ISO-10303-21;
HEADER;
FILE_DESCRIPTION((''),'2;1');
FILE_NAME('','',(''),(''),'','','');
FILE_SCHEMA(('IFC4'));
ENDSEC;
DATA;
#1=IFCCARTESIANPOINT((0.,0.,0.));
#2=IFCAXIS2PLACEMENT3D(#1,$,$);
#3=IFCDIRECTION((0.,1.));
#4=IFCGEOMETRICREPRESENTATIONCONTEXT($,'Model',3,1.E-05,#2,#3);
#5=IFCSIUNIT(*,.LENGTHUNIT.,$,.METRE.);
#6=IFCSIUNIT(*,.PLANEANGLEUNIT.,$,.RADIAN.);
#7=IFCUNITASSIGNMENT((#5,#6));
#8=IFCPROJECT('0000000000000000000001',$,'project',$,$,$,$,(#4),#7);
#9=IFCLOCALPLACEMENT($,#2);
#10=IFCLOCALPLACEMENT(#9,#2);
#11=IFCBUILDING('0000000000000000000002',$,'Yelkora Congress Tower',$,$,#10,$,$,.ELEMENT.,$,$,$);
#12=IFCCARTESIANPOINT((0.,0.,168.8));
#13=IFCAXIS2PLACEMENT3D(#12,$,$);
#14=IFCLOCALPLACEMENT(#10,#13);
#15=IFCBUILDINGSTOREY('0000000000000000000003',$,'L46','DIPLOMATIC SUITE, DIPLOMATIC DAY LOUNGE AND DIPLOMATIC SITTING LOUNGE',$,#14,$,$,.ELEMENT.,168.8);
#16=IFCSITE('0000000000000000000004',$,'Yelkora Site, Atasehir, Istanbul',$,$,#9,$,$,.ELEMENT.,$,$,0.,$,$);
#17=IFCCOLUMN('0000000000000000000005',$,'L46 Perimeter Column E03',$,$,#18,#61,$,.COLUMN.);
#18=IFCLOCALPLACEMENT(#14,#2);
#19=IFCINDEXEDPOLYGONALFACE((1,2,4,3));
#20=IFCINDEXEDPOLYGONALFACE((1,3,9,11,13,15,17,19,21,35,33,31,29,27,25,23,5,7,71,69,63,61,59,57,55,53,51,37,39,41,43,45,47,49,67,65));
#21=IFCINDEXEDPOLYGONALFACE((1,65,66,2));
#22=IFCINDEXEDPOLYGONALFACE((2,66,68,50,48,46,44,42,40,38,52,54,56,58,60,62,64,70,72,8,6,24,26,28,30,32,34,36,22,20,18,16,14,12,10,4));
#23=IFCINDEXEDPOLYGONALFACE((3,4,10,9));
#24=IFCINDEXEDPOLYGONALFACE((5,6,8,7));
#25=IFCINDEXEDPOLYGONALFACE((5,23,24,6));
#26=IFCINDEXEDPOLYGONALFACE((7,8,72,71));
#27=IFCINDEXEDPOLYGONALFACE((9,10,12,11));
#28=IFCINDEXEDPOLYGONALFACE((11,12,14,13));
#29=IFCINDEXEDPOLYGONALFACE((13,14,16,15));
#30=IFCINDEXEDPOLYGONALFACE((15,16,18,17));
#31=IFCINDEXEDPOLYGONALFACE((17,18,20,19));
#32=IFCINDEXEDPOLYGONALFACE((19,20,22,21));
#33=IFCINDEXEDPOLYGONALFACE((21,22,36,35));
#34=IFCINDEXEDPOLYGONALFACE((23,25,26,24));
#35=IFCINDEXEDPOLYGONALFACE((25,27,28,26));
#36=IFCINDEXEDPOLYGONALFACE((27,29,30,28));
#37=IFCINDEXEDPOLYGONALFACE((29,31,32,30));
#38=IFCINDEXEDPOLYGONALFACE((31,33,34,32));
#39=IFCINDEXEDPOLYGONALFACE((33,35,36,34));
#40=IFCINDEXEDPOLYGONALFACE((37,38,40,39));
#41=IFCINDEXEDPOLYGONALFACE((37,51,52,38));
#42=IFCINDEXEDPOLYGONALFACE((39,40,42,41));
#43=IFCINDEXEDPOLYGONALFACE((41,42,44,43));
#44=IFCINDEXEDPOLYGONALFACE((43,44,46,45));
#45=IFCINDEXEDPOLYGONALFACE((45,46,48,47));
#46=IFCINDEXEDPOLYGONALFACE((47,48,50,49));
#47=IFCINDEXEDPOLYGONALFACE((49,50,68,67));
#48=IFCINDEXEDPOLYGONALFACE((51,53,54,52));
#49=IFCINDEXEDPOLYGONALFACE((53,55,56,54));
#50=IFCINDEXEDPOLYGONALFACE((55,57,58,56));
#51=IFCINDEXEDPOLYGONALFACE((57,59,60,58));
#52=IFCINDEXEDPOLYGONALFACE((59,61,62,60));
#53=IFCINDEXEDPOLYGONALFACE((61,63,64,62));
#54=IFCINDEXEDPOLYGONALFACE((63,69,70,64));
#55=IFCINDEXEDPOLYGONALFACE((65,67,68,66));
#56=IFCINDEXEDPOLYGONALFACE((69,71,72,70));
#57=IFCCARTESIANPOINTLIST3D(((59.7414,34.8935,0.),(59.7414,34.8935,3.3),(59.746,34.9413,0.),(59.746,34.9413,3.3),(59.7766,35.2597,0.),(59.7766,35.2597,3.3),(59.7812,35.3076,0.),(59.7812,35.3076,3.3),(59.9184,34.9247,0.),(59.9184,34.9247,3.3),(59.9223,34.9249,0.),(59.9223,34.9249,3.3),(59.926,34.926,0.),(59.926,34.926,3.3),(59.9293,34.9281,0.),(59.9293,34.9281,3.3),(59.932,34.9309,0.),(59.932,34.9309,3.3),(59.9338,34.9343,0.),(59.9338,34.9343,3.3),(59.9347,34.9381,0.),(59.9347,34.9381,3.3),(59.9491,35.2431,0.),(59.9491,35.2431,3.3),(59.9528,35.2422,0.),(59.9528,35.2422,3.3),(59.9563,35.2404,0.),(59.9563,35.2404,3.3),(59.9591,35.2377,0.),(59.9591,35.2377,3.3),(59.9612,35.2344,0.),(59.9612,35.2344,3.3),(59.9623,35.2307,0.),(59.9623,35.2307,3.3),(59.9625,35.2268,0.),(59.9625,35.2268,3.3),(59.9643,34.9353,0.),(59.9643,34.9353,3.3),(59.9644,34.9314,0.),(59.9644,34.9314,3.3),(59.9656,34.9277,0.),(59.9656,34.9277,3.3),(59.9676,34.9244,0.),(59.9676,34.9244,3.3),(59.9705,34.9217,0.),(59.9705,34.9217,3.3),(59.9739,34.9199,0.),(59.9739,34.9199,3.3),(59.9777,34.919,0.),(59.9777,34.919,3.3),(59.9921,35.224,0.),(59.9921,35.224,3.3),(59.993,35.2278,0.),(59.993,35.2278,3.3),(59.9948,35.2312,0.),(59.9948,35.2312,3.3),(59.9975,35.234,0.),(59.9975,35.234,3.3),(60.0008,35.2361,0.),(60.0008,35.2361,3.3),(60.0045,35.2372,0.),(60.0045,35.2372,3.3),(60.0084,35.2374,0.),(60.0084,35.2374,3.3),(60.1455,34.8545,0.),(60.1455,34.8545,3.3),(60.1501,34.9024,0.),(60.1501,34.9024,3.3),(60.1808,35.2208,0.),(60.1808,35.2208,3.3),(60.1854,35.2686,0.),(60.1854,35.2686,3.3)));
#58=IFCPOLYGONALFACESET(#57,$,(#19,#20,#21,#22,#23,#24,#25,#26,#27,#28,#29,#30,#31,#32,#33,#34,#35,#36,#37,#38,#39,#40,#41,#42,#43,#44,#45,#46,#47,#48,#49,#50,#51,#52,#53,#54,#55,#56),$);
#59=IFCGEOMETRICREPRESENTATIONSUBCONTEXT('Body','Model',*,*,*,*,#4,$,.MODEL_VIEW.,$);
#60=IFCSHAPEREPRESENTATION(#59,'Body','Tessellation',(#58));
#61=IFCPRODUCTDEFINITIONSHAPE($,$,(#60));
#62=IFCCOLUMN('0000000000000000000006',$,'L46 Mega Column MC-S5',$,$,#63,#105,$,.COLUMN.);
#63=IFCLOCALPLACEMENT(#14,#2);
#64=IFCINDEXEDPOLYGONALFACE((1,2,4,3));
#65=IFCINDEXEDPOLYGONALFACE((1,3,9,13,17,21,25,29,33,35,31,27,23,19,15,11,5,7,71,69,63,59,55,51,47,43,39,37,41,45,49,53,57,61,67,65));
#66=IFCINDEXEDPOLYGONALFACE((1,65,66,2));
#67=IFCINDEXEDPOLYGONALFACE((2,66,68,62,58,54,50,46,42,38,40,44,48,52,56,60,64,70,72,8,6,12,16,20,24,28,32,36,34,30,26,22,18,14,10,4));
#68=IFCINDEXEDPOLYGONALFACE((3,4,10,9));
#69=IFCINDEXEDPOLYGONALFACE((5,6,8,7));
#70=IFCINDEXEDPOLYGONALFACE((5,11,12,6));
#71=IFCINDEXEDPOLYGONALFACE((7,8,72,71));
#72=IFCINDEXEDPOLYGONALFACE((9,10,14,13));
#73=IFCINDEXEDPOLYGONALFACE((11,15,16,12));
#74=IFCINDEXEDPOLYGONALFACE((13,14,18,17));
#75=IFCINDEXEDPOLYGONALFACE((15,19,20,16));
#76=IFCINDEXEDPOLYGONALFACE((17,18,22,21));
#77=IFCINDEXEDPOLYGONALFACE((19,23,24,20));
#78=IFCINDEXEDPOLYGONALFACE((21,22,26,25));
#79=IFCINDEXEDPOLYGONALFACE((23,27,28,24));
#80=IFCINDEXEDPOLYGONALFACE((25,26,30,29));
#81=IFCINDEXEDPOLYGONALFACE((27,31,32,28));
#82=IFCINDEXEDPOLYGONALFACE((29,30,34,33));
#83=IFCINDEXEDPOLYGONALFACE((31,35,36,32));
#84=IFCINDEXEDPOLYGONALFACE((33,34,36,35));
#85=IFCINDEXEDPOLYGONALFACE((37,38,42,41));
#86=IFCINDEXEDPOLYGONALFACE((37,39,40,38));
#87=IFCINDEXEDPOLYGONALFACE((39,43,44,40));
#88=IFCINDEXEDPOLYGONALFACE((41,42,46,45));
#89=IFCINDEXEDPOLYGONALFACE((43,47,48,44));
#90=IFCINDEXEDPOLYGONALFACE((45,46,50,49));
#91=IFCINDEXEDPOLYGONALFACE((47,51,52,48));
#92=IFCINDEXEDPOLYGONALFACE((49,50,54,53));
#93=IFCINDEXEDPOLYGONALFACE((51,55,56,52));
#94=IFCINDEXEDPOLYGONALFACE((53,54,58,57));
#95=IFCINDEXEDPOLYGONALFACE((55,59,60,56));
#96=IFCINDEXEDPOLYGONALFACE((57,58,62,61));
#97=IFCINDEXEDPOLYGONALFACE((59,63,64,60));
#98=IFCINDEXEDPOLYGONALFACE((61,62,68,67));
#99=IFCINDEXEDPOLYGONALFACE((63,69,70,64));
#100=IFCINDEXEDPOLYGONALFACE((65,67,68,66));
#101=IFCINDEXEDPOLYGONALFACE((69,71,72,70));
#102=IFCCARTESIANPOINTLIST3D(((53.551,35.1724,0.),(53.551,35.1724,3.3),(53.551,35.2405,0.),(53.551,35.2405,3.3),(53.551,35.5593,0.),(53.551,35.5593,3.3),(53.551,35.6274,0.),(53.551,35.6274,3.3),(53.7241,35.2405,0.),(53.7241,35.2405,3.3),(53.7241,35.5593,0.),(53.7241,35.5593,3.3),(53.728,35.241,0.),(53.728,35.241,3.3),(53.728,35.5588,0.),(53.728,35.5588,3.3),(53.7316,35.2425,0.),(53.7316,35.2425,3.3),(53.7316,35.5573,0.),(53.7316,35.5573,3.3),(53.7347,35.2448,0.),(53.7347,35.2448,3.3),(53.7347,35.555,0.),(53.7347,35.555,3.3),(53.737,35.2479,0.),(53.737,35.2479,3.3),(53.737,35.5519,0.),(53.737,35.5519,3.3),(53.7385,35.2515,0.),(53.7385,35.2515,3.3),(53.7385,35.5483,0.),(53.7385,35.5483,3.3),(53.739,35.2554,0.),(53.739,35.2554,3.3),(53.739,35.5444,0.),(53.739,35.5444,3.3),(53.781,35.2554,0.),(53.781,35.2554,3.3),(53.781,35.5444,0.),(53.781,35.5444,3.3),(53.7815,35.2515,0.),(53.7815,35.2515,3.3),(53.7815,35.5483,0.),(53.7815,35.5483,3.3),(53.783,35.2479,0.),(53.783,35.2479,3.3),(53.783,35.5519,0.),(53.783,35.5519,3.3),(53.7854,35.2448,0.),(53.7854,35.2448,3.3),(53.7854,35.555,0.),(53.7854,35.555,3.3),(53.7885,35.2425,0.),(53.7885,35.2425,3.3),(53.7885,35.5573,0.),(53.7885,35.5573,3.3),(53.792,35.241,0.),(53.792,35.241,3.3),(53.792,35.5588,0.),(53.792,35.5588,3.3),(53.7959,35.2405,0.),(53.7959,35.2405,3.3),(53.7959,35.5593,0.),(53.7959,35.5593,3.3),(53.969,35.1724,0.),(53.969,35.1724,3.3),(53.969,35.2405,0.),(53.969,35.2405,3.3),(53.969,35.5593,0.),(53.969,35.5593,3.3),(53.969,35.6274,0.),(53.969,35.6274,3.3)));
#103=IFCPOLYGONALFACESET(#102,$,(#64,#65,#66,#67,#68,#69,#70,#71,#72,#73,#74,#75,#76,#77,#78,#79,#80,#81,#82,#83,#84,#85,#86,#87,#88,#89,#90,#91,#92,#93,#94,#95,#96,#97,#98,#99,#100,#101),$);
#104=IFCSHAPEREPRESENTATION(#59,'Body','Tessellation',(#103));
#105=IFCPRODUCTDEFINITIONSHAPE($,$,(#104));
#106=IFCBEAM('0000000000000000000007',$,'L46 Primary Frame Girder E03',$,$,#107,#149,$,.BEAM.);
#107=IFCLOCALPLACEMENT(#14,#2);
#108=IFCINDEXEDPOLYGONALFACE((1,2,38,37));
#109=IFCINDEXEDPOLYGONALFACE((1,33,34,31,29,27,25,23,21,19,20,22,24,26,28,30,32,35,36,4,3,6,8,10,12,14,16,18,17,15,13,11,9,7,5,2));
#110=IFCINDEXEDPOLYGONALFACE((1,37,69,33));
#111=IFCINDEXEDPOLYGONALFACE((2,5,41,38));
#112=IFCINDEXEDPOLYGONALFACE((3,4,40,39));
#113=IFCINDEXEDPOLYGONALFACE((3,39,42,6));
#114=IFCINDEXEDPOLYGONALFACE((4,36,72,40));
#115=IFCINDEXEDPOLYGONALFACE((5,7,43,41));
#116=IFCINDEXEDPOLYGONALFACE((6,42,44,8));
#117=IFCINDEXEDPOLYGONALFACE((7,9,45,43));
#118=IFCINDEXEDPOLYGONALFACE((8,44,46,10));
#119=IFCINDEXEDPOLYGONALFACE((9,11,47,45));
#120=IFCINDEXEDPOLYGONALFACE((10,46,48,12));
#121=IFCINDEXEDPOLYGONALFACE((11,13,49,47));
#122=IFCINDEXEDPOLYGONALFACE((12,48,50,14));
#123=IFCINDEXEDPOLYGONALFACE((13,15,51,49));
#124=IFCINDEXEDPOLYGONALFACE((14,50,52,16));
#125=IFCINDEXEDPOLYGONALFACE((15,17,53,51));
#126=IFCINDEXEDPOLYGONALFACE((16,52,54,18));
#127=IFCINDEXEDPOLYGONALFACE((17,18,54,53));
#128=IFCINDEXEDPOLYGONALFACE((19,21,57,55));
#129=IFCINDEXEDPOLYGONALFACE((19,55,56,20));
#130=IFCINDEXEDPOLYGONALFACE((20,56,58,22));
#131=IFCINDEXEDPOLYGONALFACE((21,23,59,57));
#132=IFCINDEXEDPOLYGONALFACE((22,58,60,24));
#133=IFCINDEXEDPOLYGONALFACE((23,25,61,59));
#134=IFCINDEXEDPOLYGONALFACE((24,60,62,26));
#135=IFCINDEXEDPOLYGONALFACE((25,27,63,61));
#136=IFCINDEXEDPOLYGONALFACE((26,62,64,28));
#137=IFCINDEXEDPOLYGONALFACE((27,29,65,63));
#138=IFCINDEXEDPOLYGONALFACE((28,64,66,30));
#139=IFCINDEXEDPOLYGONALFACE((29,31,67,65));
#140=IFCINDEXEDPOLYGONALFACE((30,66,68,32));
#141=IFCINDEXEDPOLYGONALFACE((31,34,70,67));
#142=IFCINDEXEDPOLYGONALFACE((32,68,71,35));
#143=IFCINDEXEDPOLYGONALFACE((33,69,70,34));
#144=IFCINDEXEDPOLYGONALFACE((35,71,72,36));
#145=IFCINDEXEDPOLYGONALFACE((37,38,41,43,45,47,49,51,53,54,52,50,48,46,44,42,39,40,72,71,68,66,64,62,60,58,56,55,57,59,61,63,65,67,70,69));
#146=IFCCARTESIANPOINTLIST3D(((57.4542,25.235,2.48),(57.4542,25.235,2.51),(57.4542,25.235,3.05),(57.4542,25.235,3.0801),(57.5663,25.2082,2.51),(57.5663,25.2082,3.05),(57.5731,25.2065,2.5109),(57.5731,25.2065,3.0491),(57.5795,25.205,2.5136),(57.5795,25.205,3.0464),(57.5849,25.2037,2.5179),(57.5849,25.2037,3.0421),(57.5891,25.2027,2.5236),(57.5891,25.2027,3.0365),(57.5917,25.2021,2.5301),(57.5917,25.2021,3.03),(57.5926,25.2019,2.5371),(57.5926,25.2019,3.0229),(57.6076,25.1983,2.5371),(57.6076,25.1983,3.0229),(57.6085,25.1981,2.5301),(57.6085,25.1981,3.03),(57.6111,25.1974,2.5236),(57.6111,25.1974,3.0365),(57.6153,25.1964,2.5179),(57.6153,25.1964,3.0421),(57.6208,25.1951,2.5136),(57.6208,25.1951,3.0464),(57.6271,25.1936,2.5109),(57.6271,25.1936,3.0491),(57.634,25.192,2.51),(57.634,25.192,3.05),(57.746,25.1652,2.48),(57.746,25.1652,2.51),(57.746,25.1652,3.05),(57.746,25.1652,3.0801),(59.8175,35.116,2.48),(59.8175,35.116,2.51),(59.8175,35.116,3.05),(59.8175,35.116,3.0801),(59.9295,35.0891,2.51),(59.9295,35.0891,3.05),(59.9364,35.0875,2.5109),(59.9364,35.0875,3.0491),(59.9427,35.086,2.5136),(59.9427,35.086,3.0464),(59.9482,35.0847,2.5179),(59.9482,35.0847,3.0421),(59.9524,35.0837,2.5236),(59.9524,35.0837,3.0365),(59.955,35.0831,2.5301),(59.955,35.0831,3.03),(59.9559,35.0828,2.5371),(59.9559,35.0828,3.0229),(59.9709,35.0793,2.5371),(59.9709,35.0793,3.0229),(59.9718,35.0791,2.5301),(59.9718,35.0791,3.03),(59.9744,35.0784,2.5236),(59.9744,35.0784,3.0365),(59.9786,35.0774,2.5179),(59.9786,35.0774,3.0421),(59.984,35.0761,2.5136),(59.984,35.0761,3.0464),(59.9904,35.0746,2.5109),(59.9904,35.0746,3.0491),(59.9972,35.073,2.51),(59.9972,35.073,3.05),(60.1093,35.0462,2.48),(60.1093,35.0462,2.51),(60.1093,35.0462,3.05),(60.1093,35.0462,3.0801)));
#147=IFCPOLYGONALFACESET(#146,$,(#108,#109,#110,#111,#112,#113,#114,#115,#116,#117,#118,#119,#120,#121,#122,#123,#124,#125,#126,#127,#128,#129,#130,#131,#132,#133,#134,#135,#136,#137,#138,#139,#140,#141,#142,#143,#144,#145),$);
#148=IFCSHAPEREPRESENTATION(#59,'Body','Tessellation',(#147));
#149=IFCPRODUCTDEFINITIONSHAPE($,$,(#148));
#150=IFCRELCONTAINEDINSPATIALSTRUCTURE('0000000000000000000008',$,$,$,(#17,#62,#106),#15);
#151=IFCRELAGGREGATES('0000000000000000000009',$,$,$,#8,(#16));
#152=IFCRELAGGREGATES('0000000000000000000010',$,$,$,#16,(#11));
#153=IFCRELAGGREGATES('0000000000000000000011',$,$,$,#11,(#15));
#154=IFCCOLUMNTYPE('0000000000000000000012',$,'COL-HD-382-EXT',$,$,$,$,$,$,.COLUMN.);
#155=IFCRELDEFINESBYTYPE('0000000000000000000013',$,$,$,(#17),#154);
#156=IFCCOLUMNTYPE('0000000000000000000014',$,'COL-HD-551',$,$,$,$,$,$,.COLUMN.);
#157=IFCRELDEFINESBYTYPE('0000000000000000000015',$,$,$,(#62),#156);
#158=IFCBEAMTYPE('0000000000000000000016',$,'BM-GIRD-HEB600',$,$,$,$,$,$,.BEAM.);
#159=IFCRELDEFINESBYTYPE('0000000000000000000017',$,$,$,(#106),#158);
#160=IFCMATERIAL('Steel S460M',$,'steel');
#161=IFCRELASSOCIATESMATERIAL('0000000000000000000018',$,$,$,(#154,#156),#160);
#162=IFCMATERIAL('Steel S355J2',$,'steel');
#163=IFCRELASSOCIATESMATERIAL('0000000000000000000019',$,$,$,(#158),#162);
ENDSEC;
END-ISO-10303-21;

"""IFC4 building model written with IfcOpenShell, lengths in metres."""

from ifc_helpers import new_model, si_unit, direction, frame, origin, origin_2d, place, context, subcontext, project, spatial, i_section, extrude, material, material_profile, profile_set, type_object, element, save


model = new_model("IFC4")

# Units and contexts
model_context = context("Model", 3, precision=1e-05, world=origin(), true_north=direction((0.0, 1.0)))
body_context = subcontext(model_context, "Body", "Model", "MODEL_VIEW")
ifc_project = project(units=[si_unit("LENGTHUNIT", "METRE"), si_unit("PLANEANGLEUNIT", "RADIAN")], contexts=[model_context])

# Site, building, storey
site_placement = place(None, origin())
site = spatial("IfcSite", under=ifc_project, at=site_placement, Name="Yelkora Site, Atasehir, Istanbul", CompositionType="ELEMENT", RefElevation=0.0)
building_placement = place(site_placement, origin())
building = spatial("IfcBuilding", under=site, at=building_placement, Name="Yelkora Congress Tower", CompositionType="ELEMENT")
storey_placement = place(building_placement, frame((0.0, 0.0, 168.8)))
storey = spatial("IfcBuildingStorey", under=building, at=storey_placement, Name="L46", Description="DIPLOMATIC SUITE, DIPLOMATIC DAY LOUNGE AND DIPLOMATIC SITTING LOUNGE", CompositionType="ELEMENT", Elevation=168.8)

# Columns
ifc_material_1 = material(Name="Steel S460M", Category="steel")
ifc_material_profile_1 = material_profile(ifc_material_1, i_section(OverallWidth=0.406, OverallDepth=0.416, WebThickness=0.0298, FlangeThickness=0.0481, FilletRadius=0.0149, at=origin_2d()), Name="HD 400x382")
ifc_profile_set_1 = profile_set([ifc_material_profile_1], Name="Steel S460M")
column_type_1 = type_object("IfcColumnType", Name="COL-HD-382-EXT", PredefinedType="COLUMN", material=ifc_profile_set_1)
column_1_placement = place(storey_placement, frame((59.9634, 35.0811, 0.0), z_axis=(0.0, 0.0, 1.0), x_axis=(0.995396, -0.095846, 0.0)))
element("IfcColumn", 1, at=column_1_placement, inside=storey, type_object=column_type_1, Name="L46 Perimeter Column E03", PredefinedType="COLUMN", context=body_context, shape_type="SweptSolid", body=[
    extrude(i_section(OverallWidth=0.406, OverallDepth=0.416, WebThickness=0.0298, FlangeThickness=0.0481, FilletRadius=0.0149, at=origin_2d()), origin(), (0.0, 0.0, 1.0), 3.3),
])
ifc_material_profile_2 = material_profile(ifc_material_1, i_section(OverallWidth=0.418, OverallDepth=0.4551, WebThickness=0.042, FlangeThickness=0.0681, FilletRadius=0.0149, at=origin_2d()), Name="HD 400x551")
ifc_profile_set_2 = profile_set([ifc_material_profile_2], Name="Steel S460M")
column_type_2 = type_object("IfcColumnType", Name="COL-HD-551", PredefinedType="COLUMN", material=ifc_profile_set_2)
column_2_placement = place(storey_placement, frame((53.76, 35.3999, 0.0), z_axis=(0.0, 0.0, 1.0), x_axis=(1.0, 0.0, 0.0)))
element("IfcColumn", 2, at=column_2_placement, inside=storey, type_object=column_type_2, Name="L46 Mega Column MC-S5", PredefinedType="COLUMN", context=body_context, shape_type="SweptSolid", body=[
    extrude(i_section(OverallWidth=0.418, OverallDepth=0.4551, WebThickness=0.042, FlangeThickness=0.0681, FilletRadius=0.0149, at=origin_2d()), origin(), (0.0, 0.0, 1.0), 3.3),
])

# Beam
ifc_material_2 = material(Name="Steel S355J2", Category="steel")
ifc_material_profile_3 = material_profile(ifc_material_2, i_section(OverallWidth=0.3, OverallDepth=0.6001, WebThickness=0.0154, FlangeThickness=0.03, FilletRadius=0.0271, at=origin_2d()), Name="HEB 600")
ifc_profile_set_3 = profile_set([ifc_material_profile_3], Name="Steel S355J2")
beam_type_1 = type_object("IfcBeamType", Name="BM-GIRD-HEB600", PredefinedType="BEAM", material=ifc_profile_set_3)
beam_1_placement = place(storey_placement, frame((59.9634, 35.0811, 2.78), z_axis=(-0.232611, -0.97257, 0.0), x_axis=(0.97257, -0.232611, 0.0)))
element("IfcBeam", 3, at=beam_1_placement, inside=storey, type_object=beam_type_1, Name="L46 Primary Frame Girder E03", PredefinedType="BEAM", context=body_context, shape_type="SweptSolid", body=[
    extrude(i_section(OverallWidth=0.3, OverallDepth=0.6001, WebThickness=0.0154, FlangeThickness=0.03, FilletRadius=0.0271, at=origin_2d()), origin(), (0.0, 0.0, 1.0), 10.1597),
])

save(model, "model.ifc")
